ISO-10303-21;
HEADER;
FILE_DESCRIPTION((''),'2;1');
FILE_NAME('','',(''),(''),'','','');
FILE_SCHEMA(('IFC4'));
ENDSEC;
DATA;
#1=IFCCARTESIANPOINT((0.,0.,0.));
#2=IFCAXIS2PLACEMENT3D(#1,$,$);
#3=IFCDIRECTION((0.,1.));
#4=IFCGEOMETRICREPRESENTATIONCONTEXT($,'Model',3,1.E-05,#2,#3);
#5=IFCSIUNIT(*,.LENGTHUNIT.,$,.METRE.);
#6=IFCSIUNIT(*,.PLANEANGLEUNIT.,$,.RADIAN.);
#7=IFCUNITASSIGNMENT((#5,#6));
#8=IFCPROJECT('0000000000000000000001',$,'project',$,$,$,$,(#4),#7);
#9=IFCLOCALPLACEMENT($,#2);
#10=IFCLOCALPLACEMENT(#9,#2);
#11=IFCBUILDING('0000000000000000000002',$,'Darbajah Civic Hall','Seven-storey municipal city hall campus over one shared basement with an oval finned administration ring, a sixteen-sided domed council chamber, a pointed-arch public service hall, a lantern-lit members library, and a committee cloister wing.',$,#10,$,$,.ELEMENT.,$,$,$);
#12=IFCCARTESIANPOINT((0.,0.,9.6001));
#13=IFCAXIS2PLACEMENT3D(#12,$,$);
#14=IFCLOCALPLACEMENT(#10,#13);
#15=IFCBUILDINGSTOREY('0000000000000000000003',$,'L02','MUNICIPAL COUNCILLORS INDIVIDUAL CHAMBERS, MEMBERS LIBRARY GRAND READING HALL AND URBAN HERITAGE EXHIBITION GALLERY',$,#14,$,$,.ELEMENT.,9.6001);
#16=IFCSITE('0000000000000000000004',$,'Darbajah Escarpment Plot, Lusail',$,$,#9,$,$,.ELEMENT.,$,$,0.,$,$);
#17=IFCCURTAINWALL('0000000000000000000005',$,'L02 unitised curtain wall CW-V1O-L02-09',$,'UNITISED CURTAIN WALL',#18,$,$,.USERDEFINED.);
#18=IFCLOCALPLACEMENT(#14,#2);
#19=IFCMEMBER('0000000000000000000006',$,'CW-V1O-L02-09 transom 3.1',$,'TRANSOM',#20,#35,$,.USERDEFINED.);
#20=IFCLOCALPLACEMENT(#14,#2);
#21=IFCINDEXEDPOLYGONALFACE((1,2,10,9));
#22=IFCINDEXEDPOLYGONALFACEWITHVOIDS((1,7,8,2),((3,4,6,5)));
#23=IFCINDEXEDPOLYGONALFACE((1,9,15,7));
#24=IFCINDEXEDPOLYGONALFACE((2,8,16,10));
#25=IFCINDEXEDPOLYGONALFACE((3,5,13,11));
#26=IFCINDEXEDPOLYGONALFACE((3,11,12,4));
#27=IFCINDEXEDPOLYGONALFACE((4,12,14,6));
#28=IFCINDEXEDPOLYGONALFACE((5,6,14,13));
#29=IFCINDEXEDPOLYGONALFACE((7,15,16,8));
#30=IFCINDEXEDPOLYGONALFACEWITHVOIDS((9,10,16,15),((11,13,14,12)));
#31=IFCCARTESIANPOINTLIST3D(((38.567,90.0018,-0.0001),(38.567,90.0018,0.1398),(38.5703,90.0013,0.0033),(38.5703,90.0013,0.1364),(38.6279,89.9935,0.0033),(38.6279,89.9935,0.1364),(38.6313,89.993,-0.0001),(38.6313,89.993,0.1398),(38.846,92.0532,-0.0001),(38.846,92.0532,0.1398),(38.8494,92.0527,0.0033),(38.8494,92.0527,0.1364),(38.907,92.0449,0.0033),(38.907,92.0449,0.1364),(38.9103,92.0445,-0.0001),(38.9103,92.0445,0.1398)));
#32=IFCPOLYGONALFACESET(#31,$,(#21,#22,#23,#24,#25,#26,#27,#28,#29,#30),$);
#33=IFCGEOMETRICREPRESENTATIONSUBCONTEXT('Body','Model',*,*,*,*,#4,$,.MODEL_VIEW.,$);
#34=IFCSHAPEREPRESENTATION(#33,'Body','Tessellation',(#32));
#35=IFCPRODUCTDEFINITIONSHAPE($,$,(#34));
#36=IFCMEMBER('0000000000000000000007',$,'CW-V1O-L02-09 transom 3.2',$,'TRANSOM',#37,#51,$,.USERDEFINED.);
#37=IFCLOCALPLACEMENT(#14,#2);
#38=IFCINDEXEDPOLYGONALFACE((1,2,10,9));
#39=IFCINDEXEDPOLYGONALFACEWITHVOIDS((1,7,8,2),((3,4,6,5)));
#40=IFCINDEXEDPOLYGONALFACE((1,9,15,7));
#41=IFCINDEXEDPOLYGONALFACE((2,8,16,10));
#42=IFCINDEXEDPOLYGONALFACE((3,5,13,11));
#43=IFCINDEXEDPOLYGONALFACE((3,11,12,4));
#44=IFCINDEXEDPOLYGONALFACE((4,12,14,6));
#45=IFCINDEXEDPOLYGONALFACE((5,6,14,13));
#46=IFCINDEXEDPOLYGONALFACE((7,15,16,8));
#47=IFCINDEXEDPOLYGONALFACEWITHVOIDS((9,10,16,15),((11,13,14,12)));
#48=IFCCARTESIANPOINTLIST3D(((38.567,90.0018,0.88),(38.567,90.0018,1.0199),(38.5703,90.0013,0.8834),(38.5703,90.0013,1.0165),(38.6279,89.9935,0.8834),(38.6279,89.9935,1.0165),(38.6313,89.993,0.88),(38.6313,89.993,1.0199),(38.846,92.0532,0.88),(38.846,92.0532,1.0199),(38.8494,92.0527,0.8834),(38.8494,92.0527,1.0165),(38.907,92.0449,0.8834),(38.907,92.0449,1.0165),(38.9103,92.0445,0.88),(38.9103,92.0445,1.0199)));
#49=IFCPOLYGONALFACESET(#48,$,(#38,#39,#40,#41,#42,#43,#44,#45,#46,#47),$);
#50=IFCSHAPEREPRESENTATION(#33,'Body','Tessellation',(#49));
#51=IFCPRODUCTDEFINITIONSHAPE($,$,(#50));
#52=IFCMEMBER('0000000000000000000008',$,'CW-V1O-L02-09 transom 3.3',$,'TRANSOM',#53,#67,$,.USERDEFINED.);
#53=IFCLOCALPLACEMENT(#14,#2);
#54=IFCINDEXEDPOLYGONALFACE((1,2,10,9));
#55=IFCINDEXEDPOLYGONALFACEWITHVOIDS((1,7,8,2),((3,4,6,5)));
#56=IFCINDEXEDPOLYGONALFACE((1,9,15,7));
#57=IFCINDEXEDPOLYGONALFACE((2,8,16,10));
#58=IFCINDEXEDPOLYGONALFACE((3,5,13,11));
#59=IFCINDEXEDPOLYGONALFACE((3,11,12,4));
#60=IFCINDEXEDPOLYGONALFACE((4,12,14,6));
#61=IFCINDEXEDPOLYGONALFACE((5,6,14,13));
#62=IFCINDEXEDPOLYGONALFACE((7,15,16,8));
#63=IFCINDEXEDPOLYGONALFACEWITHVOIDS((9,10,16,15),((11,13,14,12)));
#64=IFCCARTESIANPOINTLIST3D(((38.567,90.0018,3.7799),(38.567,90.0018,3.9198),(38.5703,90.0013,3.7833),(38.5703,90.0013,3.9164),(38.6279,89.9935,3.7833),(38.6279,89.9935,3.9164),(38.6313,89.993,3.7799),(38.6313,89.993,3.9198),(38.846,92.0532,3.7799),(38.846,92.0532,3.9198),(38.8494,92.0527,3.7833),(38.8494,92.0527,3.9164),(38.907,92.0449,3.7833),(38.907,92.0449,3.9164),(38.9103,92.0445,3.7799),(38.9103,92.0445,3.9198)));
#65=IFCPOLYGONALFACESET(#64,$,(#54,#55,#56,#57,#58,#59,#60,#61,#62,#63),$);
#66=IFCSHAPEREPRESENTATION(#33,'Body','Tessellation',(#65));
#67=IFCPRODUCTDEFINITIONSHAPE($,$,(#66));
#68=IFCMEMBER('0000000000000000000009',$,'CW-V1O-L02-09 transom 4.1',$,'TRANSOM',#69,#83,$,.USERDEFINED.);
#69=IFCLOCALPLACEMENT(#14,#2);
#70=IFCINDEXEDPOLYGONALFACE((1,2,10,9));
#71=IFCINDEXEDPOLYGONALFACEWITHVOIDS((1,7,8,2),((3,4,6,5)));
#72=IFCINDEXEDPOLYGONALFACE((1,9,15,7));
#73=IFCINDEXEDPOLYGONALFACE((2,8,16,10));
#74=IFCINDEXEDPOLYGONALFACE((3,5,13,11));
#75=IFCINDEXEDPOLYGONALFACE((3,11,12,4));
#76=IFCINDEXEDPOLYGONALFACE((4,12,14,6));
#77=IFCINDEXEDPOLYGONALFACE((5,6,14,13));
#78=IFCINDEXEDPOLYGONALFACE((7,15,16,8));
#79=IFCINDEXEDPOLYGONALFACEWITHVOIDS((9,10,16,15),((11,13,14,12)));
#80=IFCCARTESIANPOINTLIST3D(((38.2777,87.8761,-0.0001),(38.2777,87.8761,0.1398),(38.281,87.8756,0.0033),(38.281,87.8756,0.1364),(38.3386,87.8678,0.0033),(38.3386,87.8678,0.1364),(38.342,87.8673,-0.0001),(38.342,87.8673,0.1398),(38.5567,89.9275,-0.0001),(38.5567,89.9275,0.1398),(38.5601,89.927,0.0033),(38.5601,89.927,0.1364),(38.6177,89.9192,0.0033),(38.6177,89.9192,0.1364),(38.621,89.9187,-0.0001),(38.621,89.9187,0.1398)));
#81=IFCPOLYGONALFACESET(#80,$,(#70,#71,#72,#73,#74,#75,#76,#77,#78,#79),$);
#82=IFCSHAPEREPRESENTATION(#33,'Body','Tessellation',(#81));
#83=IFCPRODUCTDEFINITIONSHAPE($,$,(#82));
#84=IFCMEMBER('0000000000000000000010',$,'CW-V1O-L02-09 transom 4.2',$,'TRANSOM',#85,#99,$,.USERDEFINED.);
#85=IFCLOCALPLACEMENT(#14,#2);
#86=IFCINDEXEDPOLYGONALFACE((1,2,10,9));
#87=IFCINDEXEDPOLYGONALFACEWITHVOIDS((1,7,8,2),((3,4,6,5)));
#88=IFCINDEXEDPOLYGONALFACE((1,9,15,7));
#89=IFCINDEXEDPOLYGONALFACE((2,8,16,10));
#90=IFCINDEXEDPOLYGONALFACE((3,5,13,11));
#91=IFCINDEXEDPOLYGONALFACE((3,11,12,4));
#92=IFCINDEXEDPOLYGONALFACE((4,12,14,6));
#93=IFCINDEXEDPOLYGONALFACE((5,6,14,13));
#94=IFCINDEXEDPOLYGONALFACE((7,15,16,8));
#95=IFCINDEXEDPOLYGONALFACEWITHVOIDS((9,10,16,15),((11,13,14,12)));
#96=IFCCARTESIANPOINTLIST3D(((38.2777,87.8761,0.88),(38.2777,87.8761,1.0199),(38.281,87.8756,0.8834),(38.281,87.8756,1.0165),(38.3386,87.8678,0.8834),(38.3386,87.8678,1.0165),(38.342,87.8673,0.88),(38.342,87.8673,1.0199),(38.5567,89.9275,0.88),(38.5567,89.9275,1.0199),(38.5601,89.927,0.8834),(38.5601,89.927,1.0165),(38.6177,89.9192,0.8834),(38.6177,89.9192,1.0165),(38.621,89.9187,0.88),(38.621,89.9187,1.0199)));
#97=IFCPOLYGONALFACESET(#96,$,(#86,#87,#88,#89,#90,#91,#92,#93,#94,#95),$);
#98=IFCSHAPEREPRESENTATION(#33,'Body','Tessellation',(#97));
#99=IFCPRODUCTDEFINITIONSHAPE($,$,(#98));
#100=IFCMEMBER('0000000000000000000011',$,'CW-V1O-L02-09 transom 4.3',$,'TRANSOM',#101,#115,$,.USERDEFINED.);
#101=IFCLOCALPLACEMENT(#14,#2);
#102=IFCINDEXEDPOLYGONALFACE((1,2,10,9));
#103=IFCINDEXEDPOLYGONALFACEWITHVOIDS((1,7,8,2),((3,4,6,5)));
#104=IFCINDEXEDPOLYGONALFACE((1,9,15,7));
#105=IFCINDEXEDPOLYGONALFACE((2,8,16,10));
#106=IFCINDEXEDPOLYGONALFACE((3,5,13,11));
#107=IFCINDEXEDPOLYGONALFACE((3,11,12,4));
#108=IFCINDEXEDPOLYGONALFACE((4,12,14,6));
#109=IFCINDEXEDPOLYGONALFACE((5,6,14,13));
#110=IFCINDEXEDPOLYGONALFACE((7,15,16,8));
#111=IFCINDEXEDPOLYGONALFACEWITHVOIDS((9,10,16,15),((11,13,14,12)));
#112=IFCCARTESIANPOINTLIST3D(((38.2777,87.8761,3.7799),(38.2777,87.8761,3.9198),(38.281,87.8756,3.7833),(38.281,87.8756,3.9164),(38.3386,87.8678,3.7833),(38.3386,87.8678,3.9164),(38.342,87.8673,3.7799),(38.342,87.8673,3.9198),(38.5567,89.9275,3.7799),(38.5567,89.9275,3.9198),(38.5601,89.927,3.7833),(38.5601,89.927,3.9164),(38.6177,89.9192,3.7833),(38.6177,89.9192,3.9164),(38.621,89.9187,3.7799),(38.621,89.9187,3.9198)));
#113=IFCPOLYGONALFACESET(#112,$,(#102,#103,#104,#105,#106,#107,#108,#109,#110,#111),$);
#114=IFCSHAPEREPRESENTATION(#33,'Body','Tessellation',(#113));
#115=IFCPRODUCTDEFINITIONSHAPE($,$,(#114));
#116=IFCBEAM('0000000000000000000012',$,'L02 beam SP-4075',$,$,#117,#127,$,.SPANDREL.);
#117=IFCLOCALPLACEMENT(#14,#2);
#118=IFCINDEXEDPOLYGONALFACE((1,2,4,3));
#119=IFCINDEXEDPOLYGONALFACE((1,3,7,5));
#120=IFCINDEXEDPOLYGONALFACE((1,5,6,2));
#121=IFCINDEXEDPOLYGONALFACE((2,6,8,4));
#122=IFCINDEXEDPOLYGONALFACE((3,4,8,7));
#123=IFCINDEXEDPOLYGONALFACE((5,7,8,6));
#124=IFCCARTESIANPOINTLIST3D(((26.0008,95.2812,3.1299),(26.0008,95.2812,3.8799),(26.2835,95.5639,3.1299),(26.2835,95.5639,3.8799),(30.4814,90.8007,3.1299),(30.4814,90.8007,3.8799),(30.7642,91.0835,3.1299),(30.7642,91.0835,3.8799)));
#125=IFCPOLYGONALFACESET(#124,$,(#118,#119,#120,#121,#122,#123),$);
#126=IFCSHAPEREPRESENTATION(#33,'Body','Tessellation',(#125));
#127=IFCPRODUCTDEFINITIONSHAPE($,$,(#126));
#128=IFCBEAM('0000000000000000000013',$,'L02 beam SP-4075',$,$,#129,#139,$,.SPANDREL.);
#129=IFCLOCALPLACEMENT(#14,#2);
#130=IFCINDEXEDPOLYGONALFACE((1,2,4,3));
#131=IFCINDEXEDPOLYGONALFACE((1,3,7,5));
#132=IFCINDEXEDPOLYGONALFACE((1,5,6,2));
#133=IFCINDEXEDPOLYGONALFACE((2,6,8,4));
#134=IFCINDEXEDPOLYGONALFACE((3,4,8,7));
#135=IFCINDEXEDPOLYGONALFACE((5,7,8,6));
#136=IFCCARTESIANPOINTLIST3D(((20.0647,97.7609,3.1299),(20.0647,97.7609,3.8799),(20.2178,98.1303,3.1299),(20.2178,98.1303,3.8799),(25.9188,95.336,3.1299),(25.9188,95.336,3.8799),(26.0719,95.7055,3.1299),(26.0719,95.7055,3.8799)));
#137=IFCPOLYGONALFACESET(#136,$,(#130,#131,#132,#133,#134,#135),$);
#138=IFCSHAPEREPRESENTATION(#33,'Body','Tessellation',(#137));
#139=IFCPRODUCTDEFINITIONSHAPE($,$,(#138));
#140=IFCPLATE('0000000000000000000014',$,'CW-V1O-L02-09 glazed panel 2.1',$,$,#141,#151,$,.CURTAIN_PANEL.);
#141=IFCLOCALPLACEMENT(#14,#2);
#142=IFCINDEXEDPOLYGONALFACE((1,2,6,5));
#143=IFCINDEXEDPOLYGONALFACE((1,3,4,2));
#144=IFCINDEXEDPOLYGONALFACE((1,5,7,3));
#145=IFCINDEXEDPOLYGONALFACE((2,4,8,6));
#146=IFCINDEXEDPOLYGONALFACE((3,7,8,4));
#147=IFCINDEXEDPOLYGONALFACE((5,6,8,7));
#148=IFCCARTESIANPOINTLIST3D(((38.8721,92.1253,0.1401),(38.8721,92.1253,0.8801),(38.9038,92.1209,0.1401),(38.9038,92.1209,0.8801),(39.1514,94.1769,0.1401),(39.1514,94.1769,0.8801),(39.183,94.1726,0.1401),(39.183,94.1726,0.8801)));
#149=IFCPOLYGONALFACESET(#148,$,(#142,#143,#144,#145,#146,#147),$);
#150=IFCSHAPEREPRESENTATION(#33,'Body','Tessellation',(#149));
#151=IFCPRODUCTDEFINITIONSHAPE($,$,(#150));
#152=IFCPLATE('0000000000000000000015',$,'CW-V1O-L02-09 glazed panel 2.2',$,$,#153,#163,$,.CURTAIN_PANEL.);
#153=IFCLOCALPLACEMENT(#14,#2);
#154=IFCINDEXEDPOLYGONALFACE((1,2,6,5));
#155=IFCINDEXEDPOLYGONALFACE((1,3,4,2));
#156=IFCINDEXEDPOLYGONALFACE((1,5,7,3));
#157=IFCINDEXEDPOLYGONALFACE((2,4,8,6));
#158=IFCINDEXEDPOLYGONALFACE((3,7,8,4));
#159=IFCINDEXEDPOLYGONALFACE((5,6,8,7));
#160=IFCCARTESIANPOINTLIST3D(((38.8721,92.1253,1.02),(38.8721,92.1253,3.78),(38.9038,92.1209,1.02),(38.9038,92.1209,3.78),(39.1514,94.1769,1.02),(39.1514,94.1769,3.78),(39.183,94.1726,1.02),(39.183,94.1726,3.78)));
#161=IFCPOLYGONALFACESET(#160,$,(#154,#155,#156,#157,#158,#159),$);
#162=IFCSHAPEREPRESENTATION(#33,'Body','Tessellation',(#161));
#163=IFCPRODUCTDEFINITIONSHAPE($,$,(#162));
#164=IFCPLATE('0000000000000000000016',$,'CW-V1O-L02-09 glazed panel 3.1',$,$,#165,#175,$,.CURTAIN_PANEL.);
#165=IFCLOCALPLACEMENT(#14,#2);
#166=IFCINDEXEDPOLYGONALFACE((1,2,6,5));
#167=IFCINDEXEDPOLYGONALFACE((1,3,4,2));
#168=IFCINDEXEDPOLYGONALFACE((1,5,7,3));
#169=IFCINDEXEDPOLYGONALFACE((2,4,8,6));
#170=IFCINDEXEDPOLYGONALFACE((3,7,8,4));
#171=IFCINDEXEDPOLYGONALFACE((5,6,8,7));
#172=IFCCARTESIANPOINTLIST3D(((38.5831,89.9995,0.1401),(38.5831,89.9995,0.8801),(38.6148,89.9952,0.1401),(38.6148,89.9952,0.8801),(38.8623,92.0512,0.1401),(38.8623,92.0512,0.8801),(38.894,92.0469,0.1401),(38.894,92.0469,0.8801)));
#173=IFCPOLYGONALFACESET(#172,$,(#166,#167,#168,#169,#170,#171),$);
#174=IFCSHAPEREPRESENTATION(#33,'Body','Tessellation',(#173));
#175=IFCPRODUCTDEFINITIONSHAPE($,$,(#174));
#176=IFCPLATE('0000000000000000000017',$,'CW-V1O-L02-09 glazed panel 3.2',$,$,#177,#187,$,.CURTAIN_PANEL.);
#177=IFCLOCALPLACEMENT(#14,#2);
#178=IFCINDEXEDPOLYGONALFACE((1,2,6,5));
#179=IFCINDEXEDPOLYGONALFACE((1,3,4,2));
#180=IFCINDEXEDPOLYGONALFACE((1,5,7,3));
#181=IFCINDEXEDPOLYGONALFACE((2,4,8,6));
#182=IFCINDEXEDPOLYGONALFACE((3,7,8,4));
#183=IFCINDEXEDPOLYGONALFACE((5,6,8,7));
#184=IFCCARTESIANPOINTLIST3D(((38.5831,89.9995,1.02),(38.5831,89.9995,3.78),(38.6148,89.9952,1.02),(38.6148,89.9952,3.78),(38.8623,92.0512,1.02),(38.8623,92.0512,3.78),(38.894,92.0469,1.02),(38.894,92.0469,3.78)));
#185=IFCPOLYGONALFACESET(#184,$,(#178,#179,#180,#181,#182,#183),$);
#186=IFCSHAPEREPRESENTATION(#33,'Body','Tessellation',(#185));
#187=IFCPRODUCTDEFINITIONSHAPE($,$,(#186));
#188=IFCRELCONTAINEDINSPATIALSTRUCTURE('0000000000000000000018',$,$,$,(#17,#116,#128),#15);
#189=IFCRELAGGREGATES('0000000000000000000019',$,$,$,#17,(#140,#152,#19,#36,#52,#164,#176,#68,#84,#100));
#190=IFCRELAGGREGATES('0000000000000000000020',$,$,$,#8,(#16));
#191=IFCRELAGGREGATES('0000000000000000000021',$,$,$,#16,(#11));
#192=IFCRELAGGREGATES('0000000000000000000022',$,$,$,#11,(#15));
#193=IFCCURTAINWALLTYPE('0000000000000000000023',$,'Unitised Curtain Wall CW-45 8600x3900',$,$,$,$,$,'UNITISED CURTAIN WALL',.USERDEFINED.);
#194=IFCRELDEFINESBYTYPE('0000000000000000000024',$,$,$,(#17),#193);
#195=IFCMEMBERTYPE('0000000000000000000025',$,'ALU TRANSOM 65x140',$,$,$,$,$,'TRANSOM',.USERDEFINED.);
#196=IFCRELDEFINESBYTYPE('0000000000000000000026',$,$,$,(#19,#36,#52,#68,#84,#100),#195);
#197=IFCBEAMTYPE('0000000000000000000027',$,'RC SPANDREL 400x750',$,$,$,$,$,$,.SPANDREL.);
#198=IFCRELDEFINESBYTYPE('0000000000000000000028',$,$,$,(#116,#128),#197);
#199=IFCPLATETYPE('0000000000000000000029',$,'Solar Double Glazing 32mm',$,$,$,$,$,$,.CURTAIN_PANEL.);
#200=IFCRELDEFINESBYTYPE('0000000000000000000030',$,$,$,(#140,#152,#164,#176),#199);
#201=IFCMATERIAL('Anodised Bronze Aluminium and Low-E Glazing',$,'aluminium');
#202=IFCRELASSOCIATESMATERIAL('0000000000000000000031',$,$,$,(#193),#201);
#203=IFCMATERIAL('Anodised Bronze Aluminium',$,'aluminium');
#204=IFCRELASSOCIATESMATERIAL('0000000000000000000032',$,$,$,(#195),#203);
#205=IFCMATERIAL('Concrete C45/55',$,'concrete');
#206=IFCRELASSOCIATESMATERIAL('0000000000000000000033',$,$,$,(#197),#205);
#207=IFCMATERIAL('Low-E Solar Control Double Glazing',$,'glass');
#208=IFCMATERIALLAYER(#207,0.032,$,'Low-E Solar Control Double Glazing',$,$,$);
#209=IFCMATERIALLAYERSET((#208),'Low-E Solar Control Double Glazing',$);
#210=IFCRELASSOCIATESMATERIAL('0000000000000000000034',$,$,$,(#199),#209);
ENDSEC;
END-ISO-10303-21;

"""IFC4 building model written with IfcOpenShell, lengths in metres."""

from ifc_helpers import new_model, si_unit, direction, frame, origin, origin_2d, place, context, subcontext, project, spatial, rectangle, hollow_rectangle, extrude, material, layer, layer_set, material_profile, profile_set, type_object, element, aggregate, save


model = new_model("IFC4")

# Units and contexts
model_context = context("Model", 3, precision=1e-05, world=origin(), true_north=direction((0.0, 1.0)))
body_context = subcontext(model_context, "Body", "Model", "MODEL_VIEW")
ifc_project = project(units=[si_unit("LENGTHUNIT", "METRE"), si_unit("PLANEANGLEUNIT", "RADIAN")], contexts=[model_context])

# Site, building, storey
site_placement = place(None, origin())
site = spatial("IfcSite", under=ifc_project, at=site_placement, Name="Darbajah Escarpment Plot, Lusail", CompositionType="ELEMENT", RefElevation=0.0)
building_placement = place(site_placement, origin())
building = spatial("IfcBuilding", under=site, at=building_placement, Name="Darbajah Civic Hall", Description="Seven-storey municipal city hall campus over one shared basement with an oval finned administration ring, a sixteen-sided domed council chamber, a pointed-arch public service hall, a lantern-lit members library, and a committee cloister wing.", CompositionType="ELEMENT")
storey_placement = place(building_placement, frame((0.0, 0.0, 9.6001)))
storey = spatial("IfcBuildingStorey", under=building, at=storey_placement, Name="L02", Description="MUNICIPAL COUNCILLORS INDIVIDUAL CHAMBERS, MEMBERS LIBRARY GRAND READING HALL AND URBAN HERITAGE EXHIBITION GALLERY", CompositionType="ELEMENT", Elevation=9.6001)

# Curtain wall, members
ifc_material_1 = material(Name="Anodised Bronze Aluminium and Low-E Glazing", Category="aluminium")
curtain_wall_type = type_object("IfcCurtainWallType", Name="Unitised Curtain Wall CW-45 8600x3900", ElementType="UNITISED CURTAIN WALL", PredefinedType="USERDEFINED", material=ifc_material_1)
curtain_wall_placement = place(storey_placement, origin())
curtain_wall = element("IfcCurtainWall", 1, at=curtain_wall_placement, inside=storey, type_object=curtain_wall_type, Name="L02 unitised curtain wall CW-V1O-L02-09", ObjectType="UNITISED CURTAIN WALL", PredefinedType="USERDEFINED")
ifc_material_2 = material(Name="Anodised Bronze Aluminium", Category="aluminium")
ifc_material_profile_1 = material_profile(ifc_material_2, hollow_rectangle(XDim=0.0649, YDim=0.1399, WallThickness=0.0034, at=origin_2d()), Name="ALU TRANSOM 65x140")
ifc_profile_set_1 = profile_set([ifc_material_profile_1], Name="Anodised Bronze Aluminium")
member_type_1 = type_object("IfcMemberType", Name="ALU TRANSOM 65x140", ElementType="TRANSOM", PredefinedType="USERDEFINED", material=ifc_profile_set_1)
member_1_placement = place(storey_placement, frame((38.8782, 92.0488, 0.0698), z_axis=(-0.134782, -0.990875, 0.0), x_axis=(0.990875, -0.134782, 0.0)))
member_1 = element("IfcMember", 2, at=member_1_placement, type_object=member_type_1, Name="CW-V1O-L02-09 transom 3.1", ObjectType="TRANSOM", PredefinedType="USERDEFINED", context=body_context, shape_type="SweptSolid", body=[
    extrude(hollow_rectangle(XDim=0.0649, YDim=0.1399, WallThickness=0.0034, at=origin_2d()), origin(), (0.0, 0.0, 1.0), 2.0703),
])
member_2_placement = place(storey_placement, frame((38.8782, 92.0488, 0.95), z_axis=(-0.134782, -0.990875, 0.0), x_axis=(0.990875, -0.134782, 0.0)))
member_2 = element("IfcMember", 3, at=member_2_placement, type_object=member_type_1, Name="CW-V1O-L02-09 transom 3.2", ObjectType="TRANSOM", PredefinedType="USERDEFINED", context=body_context, shape_type="SweptSolid", body=[
    extrude(hollow_rectangle(XDim=0.0649, YDim=0.1399, WallThickness=0.0034, at=origin_2d()), origin(), (0.0, 0.0, 1.0), 2.0703),
])
member_3_placement = place(storey_placement, frame((38.8782, 92.0488, 3.8499), z_axis=(-0.134782, -0.990875, 0.0), x_axis=(0.990875, -0.134782, 0.0)))
member_3 = element("IfcMember", 4, at=member_3_placement, type_object=member_type_1, Name="CW-V1O-L02-09 transom 3.3", ObjectType="TRANSOM", PredefinedType="USERDEFINED", context=body_context, shape_type="SweptSolid", body=[
    extrude(hollow_rectangle(XDim=0.0649, YDim=0.1399, WallThickness=0.0034, at=origin_2d()), origin(), (0.0, 0.0, 1.0), 2.0703),
])
member_4_placement = place(storey_placement, frame((38.5889, 89.9231, 0.0698), z_axis=(-0.134782, -0.990875, 0.0), x_axis=(0.990875, -0.134782, 0.0)))
member_4 = element("IfcMember", 5, at=member_4_placement, type_object=member_type_1, Name="CW-V1O-L02-09 transom 4.1", ObjectType="TRANSOM", PredefinedType="USERDEFINED", context=body_context, shape_type="SweptSolid", body=[
    extrude(hollow_rectangle(XDim=0.0649, YDim=0.1399, WallThickness=0.0034, at=origin_2d()), origin(), (0.0, 0.0, 1.0), 2.0703),
])
member_5_placement = place(storey_placement, frame((38.5889, 89.9231, 0.95), z_axis=(-0.134782, -0.990875, 0.0), x_axis=(0.990875, -0.134782, 0.0)))
member_5 = element("IfcMember", 6, at=member_5_placement, type_object=member_type_1, Name="CW-V1O-L02-09 transom 4.2", ObjectType="TRANSOM", PredefinedType="USERDEFINED", context=body_context, shape_type="SweptSolid", body=[
    extrude(hollow_rectangle(XDim=0.0649, YDim=0.1399, WallThickness=0.0034, at=origin_2d()), origin(), (0.0, 0.0, 1.0), 2.0703),
])
member_6_placement = place(storey_placement, frame((38.5889, 89.9231, 3.8499), z_axis=(-0.134782, -0.990875, 0.0), x_axis=(0.990875, -0.134782, 0.0)))
member_6 = element("IfcMember", 7, at=member_6_placement, type_object=member_type_1, Name="CW-V1O-L02-09 transom 4.3", ObjectType="TRANSOM", PredefinedType="USERDEFINED", context=body_context, shape_type="SweptSolid", body=[
    extrude(hollow_rectangle(XDim=0.0649, YDim=0.1399, WallThickness=0.0034, at=origin_2d()), origin(), (0.0, 0.0, 1.0), 2.0703),
])

# Beams
ifc_material_3 = material(Name="Concrete C45/55", Category="concrete")
ifc_material_profile_2 = material_profile(ifc_material_3, rectangle(XDim=0.3999, YDim=0.75, at=origin_2d()), Name="RC SPANDREL 400x750")
ifc_profile_set_2 = profile_set([ifc_material_profile_2], Name="Concrete C45/55")
beam_type = type_object("IfcBeamType", Name="RC SPANDREL 400x750", PredefinedType="SPANDREL", material=ifc_profile_set_2)
for number, where, z_axis, x_axis, name in (
    (8, (30.6228, 90.9421, 3.5049), (-0.707126, 0.707088, 0.0), (-0.707088, -0.707126, 0.0), "L02 beam SP-4075"),
    (9, (25.9954, 95.5208, 3.5049), (-0.92388, 0.382683, 0.0), (-0.382683, -0.92388, 0.0), "L02 beam SP-4075"),
):
    element("IfcBeam", number, at=place(storey_placement, frame(where, z_axis=z_axis, x_axis=x_axis)), inside=storey, type_object=beam_type, Name=name, PredefinedType="SPANDREL", context=body_context, shape_type="SweptSolid", body=[
        extrude(rectangle(XDim=0.3999, YDim=0.75, at=origin_2d()), origin(), (0.0, 0.0, 1.0), 6.3364),
    ])

# Plates
ifc_material_4 = material(Name="Low-E Solar Control Double Glazing", Category="glass")
ifc_layer_1 = layer(ifc_material_4, 0.032, Name="Low-E Solar Control Double Glazing")
ifc_layer_set_1 = layer_set([ifc_layer_1], Name="Low-E Solar Control Double Glazing")
plate_type = type_object("IfcPlateType", Name="Solar Double Glazing 32mm", PredefinedType="CURTAIN_PANEL", material=ifc_layer_set_1)
plate_1_placement = place(storey_placement, frame((39.0276, 93.1489, 0.1401), z_axis=(0.0, 0.0, 1.0), x_axis=(-0.134851, -0.990866, 0.0)))
plate_1 = element("IfcPlate", 10, at=plate_1_placement, type_object=plate_type, Name="CW-V1O-L02-09 glazed panel 2.1", PredefinedType="CURTAIN_PANEL", context=body_context, shape_type="SweptSolid", body=[
    extrude(rectangle(XDim=2.0706, YDim=0.032, at=origin_2d()), origin(), (0.0, 0.0, 1.0), 0.74),
])
plate_2_placement = place(storey_placement, frame((39.0276, 93.1489, 1.02), z_axis=(0.0, 0.0, 1.0), x_axis=(-0.134851, -0.990866, 0.0)))
plate_2 = element("IfcPlate", 11, at=plate_2_placement, type_object=plate_type, Name="CW-V1O-L02-09 glazed panel 2.2", PredefinedType="CURTAIN_PANEL", context=body_context, shape_type="SweptSolid", body=[
    extrude(rectangle(XDim=2.0706, YDim=0.032, at=origin_2d()), origin(), (0.0, 0.0, 1.0), 2.76),
])
plate_3_placement = place(storey_placement, frame((38.7385, 91.0232, 0.1401), z_axis=(0.0, 0.0, 1.0), x_axis=(-0.134851, -0.990866, 0.0)))
plate_3 = element("IfcPlate", 12, at=plate_3_placement, type_object=plate_type, Name="CW-V1O-L02-09 glazed panel 3.1", PredefinedType="CURTAIN_PANEL", context=body_context, shape_type="SweptSolid", body=[
    extrude(rectangle(XDim=2.0706, YDim=0.032, at=origin_2d()), origin(), (0.0, 0.0, 1.0), 0.74),
])
plate_4_placement = place(storey_placement, frame((38.7385, 91.0232, 1.02), z_axis=(0.0, 0.0, 1.0), x_axis=(-0.134851, -0.990866, 0.0)))
plate_4 = element("IfcPlate", 13, at=plate_4_placement, type_object=plate_type, Name="CW-V1O-L02-09 glazed panel 3.2", PredefinedType="CURTAIN_PANEL", context=body_context, shape_type="SweptSolid", body=[
    extrude(rectangle(XDim=2.0706, YDim=0.032, at=origin_2d()), origin(), (0.0, 0.0, 1.0), 2.76),
])
aggregate(curtain_wall, [plate_1, plate_2, member_1, member_2, member_3, plate_3, plate_4, member_4, member_5, member_6])

save(model, "model.ifc")
